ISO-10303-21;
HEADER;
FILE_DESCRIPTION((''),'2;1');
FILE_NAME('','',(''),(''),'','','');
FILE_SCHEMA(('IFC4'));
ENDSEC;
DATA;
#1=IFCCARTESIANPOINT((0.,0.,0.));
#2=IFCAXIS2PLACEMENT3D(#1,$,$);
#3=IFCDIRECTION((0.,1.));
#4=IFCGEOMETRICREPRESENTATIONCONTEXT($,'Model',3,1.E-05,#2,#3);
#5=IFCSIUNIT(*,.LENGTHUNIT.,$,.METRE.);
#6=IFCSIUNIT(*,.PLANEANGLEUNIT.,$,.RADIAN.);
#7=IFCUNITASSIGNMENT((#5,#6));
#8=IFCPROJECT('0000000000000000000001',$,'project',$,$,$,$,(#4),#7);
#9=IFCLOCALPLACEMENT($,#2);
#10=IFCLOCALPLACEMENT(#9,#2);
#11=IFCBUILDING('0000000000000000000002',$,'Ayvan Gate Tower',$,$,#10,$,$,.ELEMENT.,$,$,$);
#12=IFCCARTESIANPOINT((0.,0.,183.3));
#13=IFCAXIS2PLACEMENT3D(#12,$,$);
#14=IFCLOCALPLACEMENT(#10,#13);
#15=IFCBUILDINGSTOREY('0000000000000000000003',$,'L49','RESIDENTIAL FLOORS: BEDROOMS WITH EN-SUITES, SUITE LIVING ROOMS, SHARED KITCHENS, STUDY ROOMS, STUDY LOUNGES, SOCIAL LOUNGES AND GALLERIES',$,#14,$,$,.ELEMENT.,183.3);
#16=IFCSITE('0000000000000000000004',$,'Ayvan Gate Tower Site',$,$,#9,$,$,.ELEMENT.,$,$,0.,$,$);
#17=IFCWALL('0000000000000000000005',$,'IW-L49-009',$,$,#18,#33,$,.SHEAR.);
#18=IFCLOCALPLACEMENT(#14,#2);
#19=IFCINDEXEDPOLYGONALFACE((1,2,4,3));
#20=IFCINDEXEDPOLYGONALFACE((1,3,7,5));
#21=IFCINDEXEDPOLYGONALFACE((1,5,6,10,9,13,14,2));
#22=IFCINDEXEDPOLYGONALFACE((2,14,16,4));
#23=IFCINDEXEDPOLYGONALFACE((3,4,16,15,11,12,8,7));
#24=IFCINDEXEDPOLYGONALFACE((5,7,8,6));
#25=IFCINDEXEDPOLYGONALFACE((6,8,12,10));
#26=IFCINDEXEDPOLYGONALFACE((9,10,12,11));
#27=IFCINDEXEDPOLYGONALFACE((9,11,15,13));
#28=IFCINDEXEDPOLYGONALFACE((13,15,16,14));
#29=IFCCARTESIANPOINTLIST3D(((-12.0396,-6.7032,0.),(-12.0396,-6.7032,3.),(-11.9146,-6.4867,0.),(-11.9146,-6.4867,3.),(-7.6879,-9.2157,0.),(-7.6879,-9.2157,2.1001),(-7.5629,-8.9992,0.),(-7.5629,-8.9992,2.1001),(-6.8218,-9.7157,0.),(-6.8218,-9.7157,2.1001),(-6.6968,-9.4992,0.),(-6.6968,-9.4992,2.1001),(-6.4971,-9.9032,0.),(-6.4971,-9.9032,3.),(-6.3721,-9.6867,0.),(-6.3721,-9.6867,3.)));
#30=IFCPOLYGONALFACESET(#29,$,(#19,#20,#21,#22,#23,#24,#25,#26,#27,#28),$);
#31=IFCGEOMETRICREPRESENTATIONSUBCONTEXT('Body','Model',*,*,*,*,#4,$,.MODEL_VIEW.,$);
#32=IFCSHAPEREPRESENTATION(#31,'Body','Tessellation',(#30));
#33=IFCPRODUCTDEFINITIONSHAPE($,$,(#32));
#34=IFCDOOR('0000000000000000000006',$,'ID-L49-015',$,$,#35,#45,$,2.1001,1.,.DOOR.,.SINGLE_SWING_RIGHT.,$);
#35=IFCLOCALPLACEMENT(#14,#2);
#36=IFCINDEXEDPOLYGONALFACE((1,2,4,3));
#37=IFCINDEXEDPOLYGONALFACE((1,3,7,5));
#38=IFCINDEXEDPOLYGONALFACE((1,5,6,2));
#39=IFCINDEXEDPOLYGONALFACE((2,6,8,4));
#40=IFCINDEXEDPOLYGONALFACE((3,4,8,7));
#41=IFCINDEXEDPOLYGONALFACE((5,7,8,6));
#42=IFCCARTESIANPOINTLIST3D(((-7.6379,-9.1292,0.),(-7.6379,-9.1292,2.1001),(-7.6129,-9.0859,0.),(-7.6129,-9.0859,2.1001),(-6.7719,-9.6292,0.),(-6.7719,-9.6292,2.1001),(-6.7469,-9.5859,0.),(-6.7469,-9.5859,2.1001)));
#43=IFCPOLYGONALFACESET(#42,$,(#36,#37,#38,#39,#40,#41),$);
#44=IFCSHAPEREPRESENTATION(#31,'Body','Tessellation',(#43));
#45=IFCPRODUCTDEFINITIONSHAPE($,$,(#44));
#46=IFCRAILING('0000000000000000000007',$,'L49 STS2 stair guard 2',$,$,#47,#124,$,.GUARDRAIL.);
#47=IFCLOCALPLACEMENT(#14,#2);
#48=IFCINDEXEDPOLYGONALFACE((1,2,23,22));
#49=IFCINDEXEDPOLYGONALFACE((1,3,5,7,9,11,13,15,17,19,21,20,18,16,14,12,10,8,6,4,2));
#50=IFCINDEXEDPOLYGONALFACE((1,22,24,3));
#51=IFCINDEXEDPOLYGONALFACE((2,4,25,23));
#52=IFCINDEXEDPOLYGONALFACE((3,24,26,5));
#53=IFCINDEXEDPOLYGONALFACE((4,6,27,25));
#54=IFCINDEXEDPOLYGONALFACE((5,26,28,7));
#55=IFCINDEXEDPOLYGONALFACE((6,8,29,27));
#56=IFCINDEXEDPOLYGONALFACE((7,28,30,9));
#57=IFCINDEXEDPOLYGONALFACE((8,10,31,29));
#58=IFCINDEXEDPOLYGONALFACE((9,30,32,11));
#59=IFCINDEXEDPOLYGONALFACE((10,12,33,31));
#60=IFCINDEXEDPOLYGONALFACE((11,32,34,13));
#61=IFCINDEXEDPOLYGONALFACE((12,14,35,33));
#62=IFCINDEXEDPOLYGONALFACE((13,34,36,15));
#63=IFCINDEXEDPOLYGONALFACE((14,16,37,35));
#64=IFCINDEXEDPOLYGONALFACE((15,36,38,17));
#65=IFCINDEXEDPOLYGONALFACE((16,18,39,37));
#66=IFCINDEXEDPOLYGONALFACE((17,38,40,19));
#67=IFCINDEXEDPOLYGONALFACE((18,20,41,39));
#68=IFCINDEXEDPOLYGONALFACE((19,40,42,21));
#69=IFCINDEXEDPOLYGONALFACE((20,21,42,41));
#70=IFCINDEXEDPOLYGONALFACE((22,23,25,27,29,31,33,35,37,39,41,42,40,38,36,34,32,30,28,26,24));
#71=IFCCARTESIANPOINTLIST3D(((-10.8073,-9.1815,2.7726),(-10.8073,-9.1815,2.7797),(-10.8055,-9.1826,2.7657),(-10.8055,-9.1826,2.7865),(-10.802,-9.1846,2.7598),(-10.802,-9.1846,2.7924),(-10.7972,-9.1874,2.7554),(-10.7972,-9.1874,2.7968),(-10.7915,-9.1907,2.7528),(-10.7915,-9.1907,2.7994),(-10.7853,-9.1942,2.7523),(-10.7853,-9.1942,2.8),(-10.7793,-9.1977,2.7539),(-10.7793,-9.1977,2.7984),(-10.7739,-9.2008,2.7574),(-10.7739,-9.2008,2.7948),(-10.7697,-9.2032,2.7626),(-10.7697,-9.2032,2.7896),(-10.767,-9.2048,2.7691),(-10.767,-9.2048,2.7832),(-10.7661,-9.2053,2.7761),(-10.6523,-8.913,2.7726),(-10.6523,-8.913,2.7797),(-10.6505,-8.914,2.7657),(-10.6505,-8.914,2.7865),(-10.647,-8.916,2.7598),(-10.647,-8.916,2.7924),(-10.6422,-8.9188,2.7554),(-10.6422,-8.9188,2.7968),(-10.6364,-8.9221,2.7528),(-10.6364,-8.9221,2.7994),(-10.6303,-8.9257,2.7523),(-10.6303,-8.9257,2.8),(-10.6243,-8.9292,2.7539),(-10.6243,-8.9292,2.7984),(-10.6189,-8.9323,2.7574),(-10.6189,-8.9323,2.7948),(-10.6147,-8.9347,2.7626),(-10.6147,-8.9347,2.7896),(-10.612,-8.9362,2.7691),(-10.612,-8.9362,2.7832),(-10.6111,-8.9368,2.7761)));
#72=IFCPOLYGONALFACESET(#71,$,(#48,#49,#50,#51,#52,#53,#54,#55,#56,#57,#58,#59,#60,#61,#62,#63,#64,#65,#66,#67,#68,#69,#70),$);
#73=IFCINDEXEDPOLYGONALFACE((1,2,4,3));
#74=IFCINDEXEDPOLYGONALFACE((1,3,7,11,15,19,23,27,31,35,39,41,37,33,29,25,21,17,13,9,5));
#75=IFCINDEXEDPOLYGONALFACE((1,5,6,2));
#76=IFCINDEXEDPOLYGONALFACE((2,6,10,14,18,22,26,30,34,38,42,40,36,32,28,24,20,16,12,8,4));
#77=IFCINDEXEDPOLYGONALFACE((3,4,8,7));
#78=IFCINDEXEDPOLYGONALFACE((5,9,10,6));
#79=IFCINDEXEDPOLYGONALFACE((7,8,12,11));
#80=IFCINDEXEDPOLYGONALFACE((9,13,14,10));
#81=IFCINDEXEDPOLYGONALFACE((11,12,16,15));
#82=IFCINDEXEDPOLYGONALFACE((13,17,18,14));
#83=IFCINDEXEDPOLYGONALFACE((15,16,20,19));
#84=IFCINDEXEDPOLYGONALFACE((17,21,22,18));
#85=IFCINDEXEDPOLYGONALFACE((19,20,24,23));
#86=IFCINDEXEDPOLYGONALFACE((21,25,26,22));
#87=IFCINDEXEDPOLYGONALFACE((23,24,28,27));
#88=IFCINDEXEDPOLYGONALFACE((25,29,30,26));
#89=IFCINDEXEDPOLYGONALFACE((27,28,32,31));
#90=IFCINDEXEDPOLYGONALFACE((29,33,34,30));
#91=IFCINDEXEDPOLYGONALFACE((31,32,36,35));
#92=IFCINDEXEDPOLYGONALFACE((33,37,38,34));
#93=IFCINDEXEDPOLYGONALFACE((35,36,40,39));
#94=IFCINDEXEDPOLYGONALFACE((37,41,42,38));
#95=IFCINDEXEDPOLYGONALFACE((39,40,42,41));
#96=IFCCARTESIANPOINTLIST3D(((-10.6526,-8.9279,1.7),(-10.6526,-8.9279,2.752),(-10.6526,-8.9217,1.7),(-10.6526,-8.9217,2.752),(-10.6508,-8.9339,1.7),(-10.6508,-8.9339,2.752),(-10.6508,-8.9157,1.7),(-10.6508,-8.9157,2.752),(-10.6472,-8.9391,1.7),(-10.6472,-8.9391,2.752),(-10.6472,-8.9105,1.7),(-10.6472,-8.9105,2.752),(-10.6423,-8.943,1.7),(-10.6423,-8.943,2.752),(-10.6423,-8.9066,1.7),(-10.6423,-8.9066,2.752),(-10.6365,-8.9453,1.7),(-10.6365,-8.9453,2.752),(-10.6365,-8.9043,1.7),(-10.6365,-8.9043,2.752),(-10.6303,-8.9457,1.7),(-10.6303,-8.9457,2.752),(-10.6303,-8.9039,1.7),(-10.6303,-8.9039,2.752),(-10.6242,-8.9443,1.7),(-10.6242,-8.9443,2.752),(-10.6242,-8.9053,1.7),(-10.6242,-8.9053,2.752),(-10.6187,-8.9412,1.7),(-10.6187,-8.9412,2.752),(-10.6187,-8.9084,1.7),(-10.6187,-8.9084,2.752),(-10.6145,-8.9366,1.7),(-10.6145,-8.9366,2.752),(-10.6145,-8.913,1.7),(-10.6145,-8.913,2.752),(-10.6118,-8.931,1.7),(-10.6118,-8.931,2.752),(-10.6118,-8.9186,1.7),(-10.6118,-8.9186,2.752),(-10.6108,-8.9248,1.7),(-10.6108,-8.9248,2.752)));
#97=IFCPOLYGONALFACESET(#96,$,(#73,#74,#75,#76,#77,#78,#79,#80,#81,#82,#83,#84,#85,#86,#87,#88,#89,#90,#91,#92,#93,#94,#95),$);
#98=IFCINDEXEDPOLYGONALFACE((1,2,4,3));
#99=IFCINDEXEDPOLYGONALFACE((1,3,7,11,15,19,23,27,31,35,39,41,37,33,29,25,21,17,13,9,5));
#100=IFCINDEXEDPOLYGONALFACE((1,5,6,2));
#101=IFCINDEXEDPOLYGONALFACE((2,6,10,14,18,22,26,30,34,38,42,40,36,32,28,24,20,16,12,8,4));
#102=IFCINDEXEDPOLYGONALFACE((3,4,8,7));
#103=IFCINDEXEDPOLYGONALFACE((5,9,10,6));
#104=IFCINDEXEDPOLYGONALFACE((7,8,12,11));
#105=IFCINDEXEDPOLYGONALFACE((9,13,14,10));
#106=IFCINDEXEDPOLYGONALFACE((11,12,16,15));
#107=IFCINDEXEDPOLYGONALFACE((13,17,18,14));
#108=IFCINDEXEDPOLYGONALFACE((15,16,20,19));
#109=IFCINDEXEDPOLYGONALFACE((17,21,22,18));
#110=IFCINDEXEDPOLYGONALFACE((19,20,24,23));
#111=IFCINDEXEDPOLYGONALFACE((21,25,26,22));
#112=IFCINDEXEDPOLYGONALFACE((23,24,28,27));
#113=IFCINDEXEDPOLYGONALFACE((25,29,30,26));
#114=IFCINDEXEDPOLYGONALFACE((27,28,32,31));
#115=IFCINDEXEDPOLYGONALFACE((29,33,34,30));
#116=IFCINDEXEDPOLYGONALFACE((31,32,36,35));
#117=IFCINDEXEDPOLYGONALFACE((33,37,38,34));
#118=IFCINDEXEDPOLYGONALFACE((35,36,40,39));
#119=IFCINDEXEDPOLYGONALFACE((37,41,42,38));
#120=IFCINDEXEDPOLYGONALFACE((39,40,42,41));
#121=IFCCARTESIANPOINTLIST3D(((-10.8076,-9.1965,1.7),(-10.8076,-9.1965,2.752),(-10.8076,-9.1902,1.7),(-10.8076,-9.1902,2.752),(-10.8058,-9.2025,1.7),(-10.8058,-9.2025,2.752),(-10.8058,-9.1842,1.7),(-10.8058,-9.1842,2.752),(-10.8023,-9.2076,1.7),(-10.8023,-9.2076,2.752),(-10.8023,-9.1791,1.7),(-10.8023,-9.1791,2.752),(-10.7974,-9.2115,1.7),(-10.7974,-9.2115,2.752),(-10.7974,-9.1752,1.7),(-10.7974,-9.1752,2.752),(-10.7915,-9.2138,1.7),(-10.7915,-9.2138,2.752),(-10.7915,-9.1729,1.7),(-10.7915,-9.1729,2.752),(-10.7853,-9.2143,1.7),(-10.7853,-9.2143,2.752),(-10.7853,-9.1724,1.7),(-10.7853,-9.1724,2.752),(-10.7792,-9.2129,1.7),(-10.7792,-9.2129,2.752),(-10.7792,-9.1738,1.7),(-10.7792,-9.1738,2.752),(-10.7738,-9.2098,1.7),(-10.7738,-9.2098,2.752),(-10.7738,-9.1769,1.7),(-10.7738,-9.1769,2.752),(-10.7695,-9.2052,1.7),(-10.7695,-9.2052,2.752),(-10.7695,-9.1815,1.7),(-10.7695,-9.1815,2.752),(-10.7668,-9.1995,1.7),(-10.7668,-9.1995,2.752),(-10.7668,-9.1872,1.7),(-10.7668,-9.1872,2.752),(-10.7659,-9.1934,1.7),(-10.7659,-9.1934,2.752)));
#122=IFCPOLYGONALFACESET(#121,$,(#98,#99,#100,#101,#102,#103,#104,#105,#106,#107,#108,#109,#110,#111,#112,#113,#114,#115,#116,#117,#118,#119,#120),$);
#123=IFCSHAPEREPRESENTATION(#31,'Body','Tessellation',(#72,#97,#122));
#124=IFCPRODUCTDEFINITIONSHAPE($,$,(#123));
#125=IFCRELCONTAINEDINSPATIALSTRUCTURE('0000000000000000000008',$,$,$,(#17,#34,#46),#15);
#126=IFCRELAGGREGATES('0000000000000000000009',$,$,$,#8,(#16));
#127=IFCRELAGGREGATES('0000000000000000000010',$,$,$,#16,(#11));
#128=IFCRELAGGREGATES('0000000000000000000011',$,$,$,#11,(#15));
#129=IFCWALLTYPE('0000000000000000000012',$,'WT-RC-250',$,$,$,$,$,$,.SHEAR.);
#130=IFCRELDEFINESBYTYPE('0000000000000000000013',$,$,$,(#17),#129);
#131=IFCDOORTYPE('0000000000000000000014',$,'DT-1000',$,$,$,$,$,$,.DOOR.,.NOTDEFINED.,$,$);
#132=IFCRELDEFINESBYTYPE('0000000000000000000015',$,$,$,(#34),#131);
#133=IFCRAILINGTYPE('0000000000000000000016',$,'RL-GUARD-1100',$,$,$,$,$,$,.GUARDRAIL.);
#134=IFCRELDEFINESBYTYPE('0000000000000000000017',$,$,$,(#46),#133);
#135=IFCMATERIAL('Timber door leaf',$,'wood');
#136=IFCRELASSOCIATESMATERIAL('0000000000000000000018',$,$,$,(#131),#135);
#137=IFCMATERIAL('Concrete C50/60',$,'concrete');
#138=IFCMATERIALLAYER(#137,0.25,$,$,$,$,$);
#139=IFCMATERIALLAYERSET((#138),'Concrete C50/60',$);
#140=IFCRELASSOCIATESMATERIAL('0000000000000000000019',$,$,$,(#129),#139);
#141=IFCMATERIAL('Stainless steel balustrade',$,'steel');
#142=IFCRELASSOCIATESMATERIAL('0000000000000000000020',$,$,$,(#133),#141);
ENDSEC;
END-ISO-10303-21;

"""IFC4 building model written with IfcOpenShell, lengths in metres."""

from ifc_helpers import new_model, si_unit, direction, frame, frame_2d, origin, origin_2d, place, context, subcontext, project, spatial, rectangle, circle, extrude, material, layer, layer_set, type_object, element, fill, save


model = new_model("IFC4")

# Units and contexts
model_context = context("Model", 3, precision=1e-05, world=origin(), true_north=direction((0.0, 1.0)))
body_context = subcontext(model_context, "Body", "Model", "MODEL_VIEW")
ifc_project = project(units=[si_unit("LENGTHUNIT", "METRE"), si_unit("PLANEANGLEUNIT", "RADIAN")], contexts=[model_context])

# Site, building, storey
site_placement = place(None, origin())
site = spatial("IfcSite", under=ifc_project, at=site_placement, Name="Ayvan Gate Tower Site", CompositionType="ELEMENT", RefElevation=0.0)
building_placement = place(site_placement, origin())
building = spatial("IfcBuilding", under=site, at=building_placement, Name="Ayvan Gate Tower", CompositionType="ELEMENT")
storey_placement = place(building_placement, frame((0.0, 0.0, 183.3)))
storey = spatial("IfcBuildingStorey", under=building, at=storey_placement, Name="L49", Description="RESIDENTIAL FLOORS: BEDROOMS WITH EN-SUITES, SUITE LIVING ROOMS, SHARED KITCHENS, STUDY ROOMS, STUDY LOUNGES, SOCIAL LOUNGES AND GALLERIES", CompositionType="ELEMENT", Elevation=183.3)

# Shared definitions
ifc_material_1 = material(Name="Timber door leaf", Category="wood")
door_type_1 = type_object("IfcDoorType", Name="DT-1000", OperationType="NOTDEFINED", PredefinedType="DOOR", material=ifc_material_1)

# Shared definitions
ifc_material_2 = material(Name="Concrete C50/60", Category="concrete")
ifc_layer_1 = layer(ifc_material_2, 0.25)
ifc_layer_set_1 = layer_set([ifc_layer_1], Name="Concrete C50/60")
wall_type_1 = type_object("IfcWallType", Name="WT-RC-250", PredefinedType="SHEAR", material=ifc_layer_set_1)

# Wall, opening, door
wall_1_placement = place(storey_placement, frame((-11.9771, -6.595, 0.0), z_axis=(0.0, 0.0, 1.0), x_axis=(0.866025, -0.5, 0.0)))
wall_1 = element("IfcWall", 1, at=wall_1_placement, inside=storey, type_object=wall_type_1, Name="IW-L49-009", PredefinedType="SHEAR", context=body_context, shape_type="SweptSolid", body=[
    extrude(rectangle(XDim=6.3999, YDim=0.25, at=frame_2d((3.2, 0.0))), origin(), (0.0, 0.0, 1.0), 3.0),
])
opening_1_placement = place(wall_1_placement, frame((5.0249, 0.0, 0.0)))
opening_1 = element("IfcOpeningElement", 2, at=opening_1_placement, cuts=wall_1, PredefinedType="OPENING", context=body_context, shape_type="SweptSolid", body=[
    extrude(rectangle(XDim=1.0, YDim=2.1001, at=frame_2d((0.5, 1.05))), frame((0.0, 0.135, 0.0), z_axis=(0.0, -1.0, 0.0), x_axis=(1.0, 0.0, 0.0)), (0.0, 0.0, 1.0), 0.27),
])
door_1_placement = place(opening_1_placement, origin())
door_1 = element("IfcDoor", 3, at=door_1_placement, inside=storey, type_object=door_type_1, Name="ID-L49-015", OperationType="SINGLE_SWING_RIGHT", OverallHeight=2.1001, OverallWidth=1.0, PredefinedType="DOOR", context=body_context, shape_type="SweptSolid", body=[
    extrude(rectangle(XDim=1.0, YDim=2.1001, at=frame_2d((0.5, 1.05))), frame((0.0, 0.0249, 0.0), z_axis=(0.0, -1.0, 0.0), x_axis=(1.0, 0.0, 0.0)), (0.0, 0.0, 1.0), 0.05),
])
fill(opening_1, door_1)

# Railing
ifc_material_3 = material(Name="Stainless steel balustrade", Category="steel")
railing_type_1 = type_object("IfcRailingType", Name="RL-GUARD-1100", PredefinedType="GUARDRAIL", material=ifc_material_3)
railing_1_placement = place(storey_placement, frame((-10.6318, -8.9248, 1.7)))
element("IfcRailing", 4, at=railing_1_placement, inside=storey, type_object=railing_type_1, Name="L49 STS2 stair guard 2", PredefinedType="GUARDRAIL", context=body_context, shape_type="SweptSolid", body=[
    extrude(circle(Radius=0.0239, at=origin_2d()), frame((0.0, 0.0, 1.0762), z_axis=(-0.49995, -0.866054, 0.0), x_axis=(0.866054, -0.49995, 0.0)), (0.0, 0.0, 1.0), 0.3101),
    extrude(circle(Radius=0.021, at=origin_2d()), origin(), (0.0, 0.0, 1.0), 1.052),
    extrude(circle(Radius=0.021, at=origin_2d()), frame((-0.155, -0.2686, 0.0)), (0.0, 0.0, 1.0), 1.052),
])

save(model, "model.ifc")
